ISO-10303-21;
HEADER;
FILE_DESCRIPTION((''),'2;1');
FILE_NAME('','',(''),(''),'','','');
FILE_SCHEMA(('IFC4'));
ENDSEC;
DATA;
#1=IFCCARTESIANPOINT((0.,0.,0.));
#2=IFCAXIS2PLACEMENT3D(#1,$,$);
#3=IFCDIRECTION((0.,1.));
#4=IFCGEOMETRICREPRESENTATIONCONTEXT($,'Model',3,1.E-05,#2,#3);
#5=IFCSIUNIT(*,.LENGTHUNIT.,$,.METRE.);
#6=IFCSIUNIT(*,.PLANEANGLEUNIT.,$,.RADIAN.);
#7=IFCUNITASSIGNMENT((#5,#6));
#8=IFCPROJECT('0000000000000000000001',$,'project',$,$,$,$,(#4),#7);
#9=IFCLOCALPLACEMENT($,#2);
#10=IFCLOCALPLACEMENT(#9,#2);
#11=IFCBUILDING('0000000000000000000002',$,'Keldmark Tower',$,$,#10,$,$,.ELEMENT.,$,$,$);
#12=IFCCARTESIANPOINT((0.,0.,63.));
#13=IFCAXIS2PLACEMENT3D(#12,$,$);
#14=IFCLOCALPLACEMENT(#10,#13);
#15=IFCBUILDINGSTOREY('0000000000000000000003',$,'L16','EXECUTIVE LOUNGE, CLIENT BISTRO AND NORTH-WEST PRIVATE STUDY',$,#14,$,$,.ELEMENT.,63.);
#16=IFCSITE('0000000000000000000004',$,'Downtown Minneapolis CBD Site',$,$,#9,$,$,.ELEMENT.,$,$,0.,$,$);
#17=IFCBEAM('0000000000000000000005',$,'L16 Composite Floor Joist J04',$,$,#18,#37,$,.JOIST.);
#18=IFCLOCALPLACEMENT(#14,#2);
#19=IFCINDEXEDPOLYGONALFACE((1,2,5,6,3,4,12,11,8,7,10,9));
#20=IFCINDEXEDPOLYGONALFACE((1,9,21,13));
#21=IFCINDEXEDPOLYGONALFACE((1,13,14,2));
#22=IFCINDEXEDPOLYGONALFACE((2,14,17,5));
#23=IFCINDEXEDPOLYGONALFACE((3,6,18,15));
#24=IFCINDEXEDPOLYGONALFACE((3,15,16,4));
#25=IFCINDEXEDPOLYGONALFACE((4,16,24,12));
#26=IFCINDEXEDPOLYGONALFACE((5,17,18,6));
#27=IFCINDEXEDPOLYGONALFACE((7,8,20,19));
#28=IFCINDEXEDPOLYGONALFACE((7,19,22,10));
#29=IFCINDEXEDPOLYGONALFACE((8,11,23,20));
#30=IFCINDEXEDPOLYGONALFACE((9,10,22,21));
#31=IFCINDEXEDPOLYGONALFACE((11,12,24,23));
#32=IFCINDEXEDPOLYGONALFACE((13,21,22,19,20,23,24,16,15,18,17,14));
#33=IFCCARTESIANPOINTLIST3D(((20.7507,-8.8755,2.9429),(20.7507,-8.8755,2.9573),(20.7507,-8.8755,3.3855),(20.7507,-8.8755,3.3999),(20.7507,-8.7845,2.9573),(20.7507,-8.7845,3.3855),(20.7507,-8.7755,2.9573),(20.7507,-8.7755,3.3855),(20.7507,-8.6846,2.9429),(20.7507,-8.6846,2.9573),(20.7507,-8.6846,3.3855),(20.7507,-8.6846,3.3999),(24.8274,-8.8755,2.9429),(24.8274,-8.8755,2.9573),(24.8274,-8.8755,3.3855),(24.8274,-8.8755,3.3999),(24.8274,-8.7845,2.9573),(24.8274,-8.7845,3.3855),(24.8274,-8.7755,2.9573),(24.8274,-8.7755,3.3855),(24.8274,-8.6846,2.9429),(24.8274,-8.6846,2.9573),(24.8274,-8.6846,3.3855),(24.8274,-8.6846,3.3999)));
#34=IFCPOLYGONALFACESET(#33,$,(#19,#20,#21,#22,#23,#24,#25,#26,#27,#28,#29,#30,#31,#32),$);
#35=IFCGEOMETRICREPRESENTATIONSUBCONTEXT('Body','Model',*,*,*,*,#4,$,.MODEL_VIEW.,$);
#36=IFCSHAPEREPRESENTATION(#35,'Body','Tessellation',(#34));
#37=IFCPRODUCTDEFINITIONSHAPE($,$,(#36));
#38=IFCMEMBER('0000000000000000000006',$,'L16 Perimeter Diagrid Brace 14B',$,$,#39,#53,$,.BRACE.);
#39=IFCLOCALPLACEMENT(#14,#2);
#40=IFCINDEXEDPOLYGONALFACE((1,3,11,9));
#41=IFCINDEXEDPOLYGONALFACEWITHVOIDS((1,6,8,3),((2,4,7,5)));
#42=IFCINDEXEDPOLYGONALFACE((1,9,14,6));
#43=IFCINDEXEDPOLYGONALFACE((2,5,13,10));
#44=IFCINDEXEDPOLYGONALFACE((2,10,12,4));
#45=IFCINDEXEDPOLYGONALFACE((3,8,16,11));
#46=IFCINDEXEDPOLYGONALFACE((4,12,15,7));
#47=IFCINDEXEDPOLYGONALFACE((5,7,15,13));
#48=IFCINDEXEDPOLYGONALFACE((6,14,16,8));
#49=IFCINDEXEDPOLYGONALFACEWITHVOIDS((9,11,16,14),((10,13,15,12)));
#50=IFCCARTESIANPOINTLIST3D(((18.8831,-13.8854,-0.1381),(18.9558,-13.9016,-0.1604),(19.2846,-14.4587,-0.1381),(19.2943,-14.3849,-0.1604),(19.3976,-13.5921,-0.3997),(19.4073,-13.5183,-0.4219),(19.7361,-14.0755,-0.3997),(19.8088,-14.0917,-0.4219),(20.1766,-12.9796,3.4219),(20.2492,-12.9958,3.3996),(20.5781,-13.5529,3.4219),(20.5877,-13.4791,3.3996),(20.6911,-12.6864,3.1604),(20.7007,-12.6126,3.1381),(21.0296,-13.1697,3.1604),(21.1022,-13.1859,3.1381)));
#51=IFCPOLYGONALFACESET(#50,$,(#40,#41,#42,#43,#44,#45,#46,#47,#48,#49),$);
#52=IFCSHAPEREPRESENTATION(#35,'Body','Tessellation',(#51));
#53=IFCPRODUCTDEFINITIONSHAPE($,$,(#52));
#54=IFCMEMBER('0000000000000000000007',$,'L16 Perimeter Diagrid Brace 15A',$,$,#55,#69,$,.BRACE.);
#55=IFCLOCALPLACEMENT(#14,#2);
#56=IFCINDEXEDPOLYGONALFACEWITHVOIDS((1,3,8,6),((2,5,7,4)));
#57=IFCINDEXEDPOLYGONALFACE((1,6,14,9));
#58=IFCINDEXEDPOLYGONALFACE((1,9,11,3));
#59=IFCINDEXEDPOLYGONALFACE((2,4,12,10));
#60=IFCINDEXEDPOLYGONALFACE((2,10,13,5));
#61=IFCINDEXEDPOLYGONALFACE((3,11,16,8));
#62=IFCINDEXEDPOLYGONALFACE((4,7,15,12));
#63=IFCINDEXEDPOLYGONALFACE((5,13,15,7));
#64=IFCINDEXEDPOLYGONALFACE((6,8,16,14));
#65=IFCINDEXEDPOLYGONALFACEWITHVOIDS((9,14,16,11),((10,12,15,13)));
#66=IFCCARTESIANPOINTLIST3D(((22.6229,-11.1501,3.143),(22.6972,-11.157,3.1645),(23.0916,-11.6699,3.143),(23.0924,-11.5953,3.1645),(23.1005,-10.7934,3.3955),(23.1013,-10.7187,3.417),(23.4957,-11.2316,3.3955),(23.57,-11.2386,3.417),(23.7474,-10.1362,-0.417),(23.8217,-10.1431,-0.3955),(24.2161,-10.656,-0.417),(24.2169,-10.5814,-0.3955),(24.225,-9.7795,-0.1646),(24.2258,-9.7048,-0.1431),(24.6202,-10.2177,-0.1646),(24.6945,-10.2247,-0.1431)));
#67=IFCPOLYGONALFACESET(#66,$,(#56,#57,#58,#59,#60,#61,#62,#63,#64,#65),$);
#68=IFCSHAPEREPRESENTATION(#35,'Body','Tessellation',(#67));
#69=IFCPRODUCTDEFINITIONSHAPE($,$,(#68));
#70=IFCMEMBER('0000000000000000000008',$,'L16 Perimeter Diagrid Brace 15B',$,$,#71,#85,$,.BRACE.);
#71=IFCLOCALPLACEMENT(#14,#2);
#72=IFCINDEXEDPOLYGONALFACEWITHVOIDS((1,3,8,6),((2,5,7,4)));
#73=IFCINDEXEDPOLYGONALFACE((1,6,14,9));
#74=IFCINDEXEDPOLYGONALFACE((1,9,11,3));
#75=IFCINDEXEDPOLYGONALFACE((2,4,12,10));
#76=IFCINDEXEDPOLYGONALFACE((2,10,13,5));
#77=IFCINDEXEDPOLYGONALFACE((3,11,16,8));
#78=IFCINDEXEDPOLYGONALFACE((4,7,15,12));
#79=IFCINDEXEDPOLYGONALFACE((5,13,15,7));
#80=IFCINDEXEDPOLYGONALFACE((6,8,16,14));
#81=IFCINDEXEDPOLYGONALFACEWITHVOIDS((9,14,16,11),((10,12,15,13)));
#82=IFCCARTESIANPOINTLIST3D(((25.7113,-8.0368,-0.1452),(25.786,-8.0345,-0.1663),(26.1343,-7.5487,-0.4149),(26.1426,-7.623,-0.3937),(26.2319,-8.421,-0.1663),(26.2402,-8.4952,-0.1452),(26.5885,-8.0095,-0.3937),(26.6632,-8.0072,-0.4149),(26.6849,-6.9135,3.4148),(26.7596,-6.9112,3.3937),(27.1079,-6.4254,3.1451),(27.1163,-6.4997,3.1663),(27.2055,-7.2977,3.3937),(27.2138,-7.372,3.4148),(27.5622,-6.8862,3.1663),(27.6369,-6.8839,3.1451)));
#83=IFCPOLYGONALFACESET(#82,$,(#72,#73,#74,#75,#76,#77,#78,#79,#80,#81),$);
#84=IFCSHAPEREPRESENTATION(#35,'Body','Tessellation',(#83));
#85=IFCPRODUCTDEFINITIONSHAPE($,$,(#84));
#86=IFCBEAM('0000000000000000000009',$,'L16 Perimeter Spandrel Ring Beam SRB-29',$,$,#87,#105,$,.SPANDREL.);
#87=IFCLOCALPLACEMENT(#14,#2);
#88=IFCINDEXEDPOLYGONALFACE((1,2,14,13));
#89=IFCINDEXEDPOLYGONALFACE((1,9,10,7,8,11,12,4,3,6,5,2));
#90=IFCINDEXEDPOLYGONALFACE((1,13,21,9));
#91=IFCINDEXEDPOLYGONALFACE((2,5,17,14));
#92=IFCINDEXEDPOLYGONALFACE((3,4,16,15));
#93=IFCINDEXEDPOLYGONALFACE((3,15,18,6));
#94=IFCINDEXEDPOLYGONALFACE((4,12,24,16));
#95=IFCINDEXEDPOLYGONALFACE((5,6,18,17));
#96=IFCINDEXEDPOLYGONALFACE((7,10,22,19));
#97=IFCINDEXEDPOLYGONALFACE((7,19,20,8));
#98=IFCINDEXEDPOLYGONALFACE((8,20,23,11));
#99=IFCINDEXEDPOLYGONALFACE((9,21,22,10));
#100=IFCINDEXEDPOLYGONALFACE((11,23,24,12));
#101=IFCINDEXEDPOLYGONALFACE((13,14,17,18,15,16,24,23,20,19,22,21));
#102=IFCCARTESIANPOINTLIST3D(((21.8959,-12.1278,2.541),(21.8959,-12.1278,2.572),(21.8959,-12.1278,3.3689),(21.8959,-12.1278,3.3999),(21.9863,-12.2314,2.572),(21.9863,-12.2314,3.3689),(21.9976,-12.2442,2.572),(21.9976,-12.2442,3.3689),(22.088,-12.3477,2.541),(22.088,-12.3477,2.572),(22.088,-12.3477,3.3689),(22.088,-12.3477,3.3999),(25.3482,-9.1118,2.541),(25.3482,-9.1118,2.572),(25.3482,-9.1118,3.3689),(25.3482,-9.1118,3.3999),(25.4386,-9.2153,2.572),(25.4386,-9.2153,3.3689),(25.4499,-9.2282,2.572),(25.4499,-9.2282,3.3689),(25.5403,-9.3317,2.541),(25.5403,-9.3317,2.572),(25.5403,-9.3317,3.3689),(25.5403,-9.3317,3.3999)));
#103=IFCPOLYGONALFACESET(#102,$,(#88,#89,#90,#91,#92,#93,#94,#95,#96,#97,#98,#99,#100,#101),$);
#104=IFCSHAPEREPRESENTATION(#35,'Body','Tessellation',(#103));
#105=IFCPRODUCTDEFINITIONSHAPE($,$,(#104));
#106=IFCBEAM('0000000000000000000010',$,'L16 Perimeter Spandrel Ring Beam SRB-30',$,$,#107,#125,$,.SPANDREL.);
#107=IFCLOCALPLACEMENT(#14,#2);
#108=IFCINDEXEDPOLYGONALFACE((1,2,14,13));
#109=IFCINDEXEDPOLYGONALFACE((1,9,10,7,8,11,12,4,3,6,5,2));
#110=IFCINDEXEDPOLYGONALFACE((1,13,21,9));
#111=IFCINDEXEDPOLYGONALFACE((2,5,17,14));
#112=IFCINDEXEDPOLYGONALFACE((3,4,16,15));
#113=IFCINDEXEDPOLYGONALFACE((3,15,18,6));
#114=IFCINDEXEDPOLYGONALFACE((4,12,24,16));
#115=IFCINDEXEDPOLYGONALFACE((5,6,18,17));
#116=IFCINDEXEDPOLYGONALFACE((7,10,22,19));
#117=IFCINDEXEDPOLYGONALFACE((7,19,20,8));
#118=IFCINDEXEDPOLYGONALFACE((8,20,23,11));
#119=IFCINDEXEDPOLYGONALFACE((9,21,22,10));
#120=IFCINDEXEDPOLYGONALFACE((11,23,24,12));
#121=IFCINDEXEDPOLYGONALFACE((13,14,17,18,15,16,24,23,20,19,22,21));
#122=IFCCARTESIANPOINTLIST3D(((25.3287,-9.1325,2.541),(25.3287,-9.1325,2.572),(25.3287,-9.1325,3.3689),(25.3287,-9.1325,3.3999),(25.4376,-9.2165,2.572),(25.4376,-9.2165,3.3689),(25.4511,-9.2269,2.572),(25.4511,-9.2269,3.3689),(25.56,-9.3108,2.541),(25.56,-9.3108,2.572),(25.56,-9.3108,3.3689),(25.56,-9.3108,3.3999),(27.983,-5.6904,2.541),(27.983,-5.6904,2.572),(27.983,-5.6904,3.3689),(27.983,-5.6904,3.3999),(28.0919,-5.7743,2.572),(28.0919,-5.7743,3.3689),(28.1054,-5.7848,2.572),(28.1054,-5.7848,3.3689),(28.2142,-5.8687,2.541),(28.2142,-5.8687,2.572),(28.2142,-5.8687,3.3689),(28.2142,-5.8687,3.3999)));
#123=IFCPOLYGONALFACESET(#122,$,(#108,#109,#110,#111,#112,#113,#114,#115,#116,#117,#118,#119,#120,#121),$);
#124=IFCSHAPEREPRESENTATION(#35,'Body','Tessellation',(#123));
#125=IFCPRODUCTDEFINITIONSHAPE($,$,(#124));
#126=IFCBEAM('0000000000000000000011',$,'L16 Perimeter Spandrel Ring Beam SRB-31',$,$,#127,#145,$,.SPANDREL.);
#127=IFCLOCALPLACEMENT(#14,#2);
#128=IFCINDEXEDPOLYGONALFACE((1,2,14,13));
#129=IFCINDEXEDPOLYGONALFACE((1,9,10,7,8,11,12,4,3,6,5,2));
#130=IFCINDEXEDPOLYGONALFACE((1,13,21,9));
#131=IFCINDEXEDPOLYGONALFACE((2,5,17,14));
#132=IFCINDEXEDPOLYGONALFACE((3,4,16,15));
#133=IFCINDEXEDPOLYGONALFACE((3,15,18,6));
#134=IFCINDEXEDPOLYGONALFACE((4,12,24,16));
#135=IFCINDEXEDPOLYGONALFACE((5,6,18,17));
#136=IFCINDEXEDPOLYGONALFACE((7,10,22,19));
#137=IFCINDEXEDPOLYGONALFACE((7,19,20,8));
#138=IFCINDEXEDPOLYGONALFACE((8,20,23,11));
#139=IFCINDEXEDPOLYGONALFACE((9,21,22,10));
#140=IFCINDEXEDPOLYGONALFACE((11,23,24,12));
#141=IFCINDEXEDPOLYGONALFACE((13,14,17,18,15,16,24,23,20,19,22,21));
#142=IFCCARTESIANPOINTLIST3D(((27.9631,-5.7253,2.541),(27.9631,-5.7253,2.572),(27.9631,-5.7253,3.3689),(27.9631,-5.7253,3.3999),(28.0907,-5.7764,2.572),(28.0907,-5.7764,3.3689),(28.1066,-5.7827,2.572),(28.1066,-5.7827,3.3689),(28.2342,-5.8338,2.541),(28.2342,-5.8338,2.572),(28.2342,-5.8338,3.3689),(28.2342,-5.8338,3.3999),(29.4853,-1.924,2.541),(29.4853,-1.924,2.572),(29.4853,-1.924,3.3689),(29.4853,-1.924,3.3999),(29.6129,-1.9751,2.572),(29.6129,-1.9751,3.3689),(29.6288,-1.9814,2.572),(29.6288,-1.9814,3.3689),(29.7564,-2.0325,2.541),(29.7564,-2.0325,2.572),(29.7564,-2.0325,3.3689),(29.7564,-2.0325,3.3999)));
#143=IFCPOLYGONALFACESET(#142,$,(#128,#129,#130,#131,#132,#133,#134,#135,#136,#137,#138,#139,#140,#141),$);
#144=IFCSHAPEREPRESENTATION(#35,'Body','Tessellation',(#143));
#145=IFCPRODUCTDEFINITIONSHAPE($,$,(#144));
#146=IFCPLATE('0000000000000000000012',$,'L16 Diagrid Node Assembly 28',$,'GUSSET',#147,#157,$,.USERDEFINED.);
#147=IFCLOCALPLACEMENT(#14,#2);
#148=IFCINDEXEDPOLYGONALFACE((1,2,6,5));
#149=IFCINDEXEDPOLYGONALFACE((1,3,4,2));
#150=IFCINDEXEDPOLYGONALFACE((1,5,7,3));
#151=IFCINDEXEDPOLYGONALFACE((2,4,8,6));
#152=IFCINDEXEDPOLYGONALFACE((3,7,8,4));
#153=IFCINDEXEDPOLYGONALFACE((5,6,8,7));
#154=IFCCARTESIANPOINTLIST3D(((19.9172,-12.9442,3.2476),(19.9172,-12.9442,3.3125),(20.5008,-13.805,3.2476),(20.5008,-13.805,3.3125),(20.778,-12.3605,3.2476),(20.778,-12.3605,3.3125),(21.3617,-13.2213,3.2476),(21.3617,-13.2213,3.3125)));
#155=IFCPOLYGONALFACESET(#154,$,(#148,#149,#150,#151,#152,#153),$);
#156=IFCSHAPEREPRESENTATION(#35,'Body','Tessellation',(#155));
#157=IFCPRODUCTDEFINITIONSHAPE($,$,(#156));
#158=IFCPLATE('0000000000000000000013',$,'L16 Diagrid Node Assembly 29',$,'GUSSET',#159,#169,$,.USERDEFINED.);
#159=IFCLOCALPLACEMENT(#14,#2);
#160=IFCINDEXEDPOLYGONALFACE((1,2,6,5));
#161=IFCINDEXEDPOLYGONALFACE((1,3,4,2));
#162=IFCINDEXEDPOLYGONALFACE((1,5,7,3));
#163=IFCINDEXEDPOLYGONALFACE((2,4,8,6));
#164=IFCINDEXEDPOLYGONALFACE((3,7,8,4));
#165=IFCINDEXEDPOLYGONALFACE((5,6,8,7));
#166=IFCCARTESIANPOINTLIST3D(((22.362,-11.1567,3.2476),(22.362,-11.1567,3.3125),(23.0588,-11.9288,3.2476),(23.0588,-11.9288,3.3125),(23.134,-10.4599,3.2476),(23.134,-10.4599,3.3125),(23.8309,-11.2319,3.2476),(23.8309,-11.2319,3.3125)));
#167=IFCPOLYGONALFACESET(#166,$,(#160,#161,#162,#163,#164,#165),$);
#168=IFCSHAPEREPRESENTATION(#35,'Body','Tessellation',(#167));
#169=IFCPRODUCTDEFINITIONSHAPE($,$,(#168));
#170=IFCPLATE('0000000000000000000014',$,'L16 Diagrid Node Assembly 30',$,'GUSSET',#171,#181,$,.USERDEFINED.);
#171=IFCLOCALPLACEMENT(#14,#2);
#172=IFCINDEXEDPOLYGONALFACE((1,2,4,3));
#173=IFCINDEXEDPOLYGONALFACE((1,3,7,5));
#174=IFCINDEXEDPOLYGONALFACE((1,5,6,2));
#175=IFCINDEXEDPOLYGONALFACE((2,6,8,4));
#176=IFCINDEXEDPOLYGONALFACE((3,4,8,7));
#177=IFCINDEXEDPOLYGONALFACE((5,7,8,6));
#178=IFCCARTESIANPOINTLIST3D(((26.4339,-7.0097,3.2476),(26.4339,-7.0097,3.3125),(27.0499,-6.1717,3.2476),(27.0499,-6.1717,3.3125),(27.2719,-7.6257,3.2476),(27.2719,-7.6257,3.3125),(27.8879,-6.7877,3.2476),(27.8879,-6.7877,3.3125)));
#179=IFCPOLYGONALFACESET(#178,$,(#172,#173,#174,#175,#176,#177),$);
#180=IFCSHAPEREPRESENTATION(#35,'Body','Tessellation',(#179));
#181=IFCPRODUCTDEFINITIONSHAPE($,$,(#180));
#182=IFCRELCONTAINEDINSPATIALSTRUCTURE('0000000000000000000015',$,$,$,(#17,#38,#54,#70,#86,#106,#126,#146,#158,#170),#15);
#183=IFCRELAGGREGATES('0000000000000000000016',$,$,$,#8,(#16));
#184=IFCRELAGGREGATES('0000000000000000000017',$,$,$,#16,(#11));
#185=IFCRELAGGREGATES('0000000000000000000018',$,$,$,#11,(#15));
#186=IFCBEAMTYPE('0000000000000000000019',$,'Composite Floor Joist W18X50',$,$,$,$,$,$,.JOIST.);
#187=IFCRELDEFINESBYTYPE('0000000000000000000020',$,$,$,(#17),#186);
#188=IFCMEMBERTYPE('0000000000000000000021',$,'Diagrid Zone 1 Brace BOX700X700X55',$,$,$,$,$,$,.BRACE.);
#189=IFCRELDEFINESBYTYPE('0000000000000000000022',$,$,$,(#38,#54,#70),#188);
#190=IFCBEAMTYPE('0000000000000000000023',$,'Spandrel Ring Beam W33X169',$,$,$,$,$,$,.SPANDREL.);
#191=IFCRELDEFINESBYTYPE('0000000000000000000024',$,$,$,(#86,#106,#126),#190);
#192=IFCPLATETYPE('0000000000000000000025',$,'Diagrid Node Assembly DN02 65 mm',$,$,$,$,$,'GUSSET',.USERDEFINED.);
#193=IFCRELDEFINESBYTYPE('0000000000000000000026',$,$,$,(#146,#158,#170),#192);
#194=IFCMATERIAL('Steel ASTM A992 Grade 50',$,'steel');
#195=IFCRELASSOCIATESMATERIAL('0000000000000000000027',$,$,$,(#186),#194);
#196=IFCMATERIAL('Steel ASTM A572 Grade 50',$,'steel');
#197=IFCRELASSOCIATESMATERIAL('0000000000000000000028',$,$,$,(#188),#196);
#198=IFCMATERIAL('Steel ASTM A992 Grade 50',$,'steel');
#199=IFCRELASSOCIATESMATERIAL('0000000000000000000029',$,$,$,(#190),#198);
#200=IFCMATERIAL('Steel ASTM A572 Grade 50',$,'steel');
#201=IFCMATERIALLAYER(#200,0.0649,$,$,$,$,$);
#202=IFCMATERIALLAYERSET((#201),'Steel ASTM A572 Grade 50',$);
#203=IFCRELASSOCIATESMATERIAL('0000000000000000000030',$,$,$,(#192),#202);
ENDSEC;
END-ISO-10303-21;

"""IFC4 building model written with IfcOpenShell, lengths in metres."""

from ifc_helpers import new_model, si_unit, direction, frame, origin, origin_2d, place, context, subcontext, project, spatial, rectangle, hollow_rectangle, i_section, extrude, material, layer, layer_set, material_profile, profile_set, type_object, element, save


model = new_model("IFC4")

# Units and contexts
model_context = context("Model", 3, precision=1e-05, world=origin(), true_north=direction((0.0, 1.0)))
body_context = subcontext(model_context, "Body", "Model", "MODEL_VIEW")
ifc_project = project(units=[si_unit("LENGTHUNIT", "METRE"), si_unit("PLANEANGLEUNIT", "RADIAN")], contexts=[model_context])

# Site, building, storey
site_placement = place(None, origin())
site = spatial("IfcSite", under=ifc_project, at=site_placement, Name="Downtown Minneapolis CBD Site", CompositionType="ELEMENT", RefElevation=0.0)
building_placement = place(site_placement, origin())
building = spatial("IfcBuilding", under=site, at=building_placement, Name="Keldmark Tower", CompositionType="ELEMENT")
storey_placement = place(building_placement, frame((0.0, 0.0, 63.0)))
storey = spatial("IfcBuildingStorey", under=building, at=storey_placement, Name="L16", Description="EXECUTIVE LOUNGE, CLIENT BISTRO AND NORTH-WEST PRIVATE STUDY", CompositionType="ELEMENT", Elevation=63.0)

# Beam
ifc_material_1 = material(Name="Steel ASTM A992 Grade 50", Category="steel")
ifc_material_profile_1 = material_profile(ifc_material_1, i_section(OverallWidth=0.1909, OverallDepth=0.457, WebThickness=0.009, FlangeThickness=0.0144, at=origin_2d()), Name="W18X50")
ifc_profile_set_1 = profile_set([ifc_material_profile_1], Name="Steel ASTM A992 Grade 50")
beam_type_1 = type_object("IfcBeamType", Name="Composite Floor Joist W18X50", PredefinedType="JOIST", material=ifc_profile_set_1)
beam_1_placement = place(storey_placement, frame((20.7507, -8.78, 3.1714), z_axis=(1.0, 0.0, 0.0), x_axis=(0.0, 1.0, 0.0)))
element("IfcBeam", 1, at=beam_1_placement, inside=storey, type_object=beam_type_1, Name="L16 Composite Floor Joist J04", PredefinedType="JOIST", context=body_context, shape_type="SweptSolid", body=[
    extrude(i_section(OverallWidth=0.1909, OverallDepth=0.457, WebThickness=0.009, FlangeThickness=0.0144, at=origin_2d()), origin(), (0.0, 0.0, 1.0), 4.0767),
])

# Members
ifc_material_2 = material(Name="Steel ASTM A572 Grade 50", Category="steel")
ifc_material_profile_2 = material_profile(ifc_material_2, hollow_rectangle(XDim=0.7, YDim=0.7, WallThickness=0.0549, at=origin_2d()), Name="BOX700X700X55")
ifc_profile_set_2 = profile_set([ifc_material_profile_2], Name="Steel ASTM A572 Grade 50")
member_type = type_object("IfcMemberType", Name="Diagrid Zone 1 Brace BOX700X700X55", PredefinedType="BRACE", material=ifc_profile_set_2)
member_1_placement = place(storey_placement, frame((19.3459, -13.9885, -0.28), z_axis=(0.332121, 0.232572, 0.914115), x_axis=(-0.573608, 0.81913, 0.0)))
element("IfcMember", 2, at=member_1_placement, inside=storey, type_object=member_type, Name="L16 Perimeter Diagrid Brace 14B", PredefinedType="BRACE", context=body_context, shape_type="SweptSolid", body=[
    extrude(hollow_rectangle(XDim=0.7, YDim=0.7, WallThickness=0.0549, at=origin_2d()), origin(), (0.0, 0.0, 1.0), 3.8945),
])
member_2_placement = place(storey_placement, frame((24.2209, -10.1804, -0.28), z_axis=(-0.290672, -0.262084, 0.920229), x_axis=(0.669641, -0.742685, 0.0)))
element("IfcMember", 3, at=member_2_placement, inside=storey, type_object=member_type, Name="L16 Perimeter Diagrid Brace 15A", PredefinedType="BRACE", context=body_context, shape_type="SweptSolid", body=[
    extrude(hollow_rectangle(XDim=0.7, YDim=0.7, WallThickness=0.0549, at=origin_2d()), origin(), (0.0, 0.0, 1.0), 3.8687),
])
member_3_placement = place(storey_placement, frame((26.1873, -8.022, -0.28), z_axis=(0.252371, 0.291163, 0.922786), x_axis=(-0.755651, 0.654974, 0.0)))
element("IfcMember", 4, at=member_3_placement, inside=storey, type_object=member_type, Name="L16 Perimeter Diagrid Brace 15B", PredefinedType="BRACE", context=body_context, shape_type="SweptSolid", body=[
    extrude(hollow_rectangle(XDim=0.7, YDim=0.7, WallThickness=0.0549, at=origin_2d()), origin(), (0.0, 0.0, 1.0), 3.8579),
])

# Beams
ifc_material_3 = material(Name="Steel ASTM A992 Grade 50", Category="steel")
ifc_material_profile_3 = material_profile(ifc_material_3, i_section(OverallWidth=0.292, OverallDepth=0.8589, WebThickness=0.0171, FlangeThickness=0.031, at=origin_2d()), Name="W33X169")
ifc_profile_set_3 = profile_set([ifc_material_profile_3], Name="Steel ASTM A992 Grade 50")
beam_type_2 = type_object("IfcBeamType", Name="Spandrel Ring Beam W33X169", PredefinedType="SPANDREL", material=ifc_profile_set_3)
beam_2_placement = place(storey_placement, frame((21.9919, -12.2378, 2.9705), z_axis=(0.753088, 0.65792, 0.0), x_axis=(-0.65792, 0.753088, 0.0)))
element("IfcBeam", 5, at=beam_2_placement, inside=storey, type_object=beam_type_2, Name="L16 Perimeter Spandrel Ring Beam SRB-29", PredefinedType="SPANDREL", context=body_context, shape_type="SweptSolid", body=[
    extrude(i_section(OverallWidth=0.292, OverallDepth=0.8589, WebThickness=0.0171, FlangeThickness=0.031, at=origin_2d()), origin(), (0.0, 0.0, 1.0), 4.5842),
])
beam_3_placement = place(storey_placement, frame((25.4443, -9.2217, 2.9705), z_axis=(0.61065, 0.791901, 0.0), x_axis=(-0.791901, 0.61065, 0.0)))
element("IfcBeam", 6, at=beam_3_placement, inside=storey, type_object=beam_type_2, Name="L16 Perimeter Spandrel Ring Beam SRB-30", PredefinedType="SPANDREL", context=body_context, shape_type="SweptSolid", body=[
    extrude(i_section(OverallWidth=0.292, OverallDepth=0.8589, WebThickness=0.0171, FlangeThickness=0.031, at=origin_2d()), origin(), (0.0, 0.0, 1.0), 4.3467),
])
beam_4_placement = place(storey_placement, frame((28.0986, -5.7795, 2.9705), z_axis=(0.37175, 0.928333, 0.0), x_axis=(-0.928333, 0.37175, 0.0)))
element("IfcBeam", 7, at=beam_4_placement, inside=storey, type_object=beam_type_2, Name="L16 Perimeter Spandrel Ring Beam SRB-31", PredefinedType="SPANDREL", context=body_context, shape_type="SweptSolid", body=[
    extrude(i_section(OverallWidth=0.292, OverallDepth=0.8589, WebThickness=0.0171, FlangeThickness=0.031, at=origin_2d()), origin(), (0.0, 0.0, 1.0), 4.0947),
])

# Plates
ifc_material_4 = material(Name="Steel ASTM A572 Grade 50", Category="steel")
ifc_layer_1 = layer(ifc_material_4, 0.0649)
ifc_layer_set_1 = layer_set([ifc_layer_1], Name="Steel ASTM A572 Grade 50")
plate_type = type_object("IfcPlateType", Name="Diagrid Node Assembly DN02 65 mm", ElementType="GUSSET", PredefinedType="USERDEFINED", material=ifc_layer_set_1)
for number, where, z_axis, x_axis, name in (
    (8, (20.6394, -13.0828, 3.2476), (0.0, 0.0, 1.0), (0.827669, 0.561217, 0.0), "L16 Diagrid Node Assembly 28"),
    (9, (23.0964, -11.1943, 3.2476), (0.0, 0.0, 1.0), (0.742327, 0.670038, 0.0), "L16 Diagrid Node Assembly 29"),
    (10, (27.1609, -6.8987, 3.2476), (0.0, 0.0, 1.0), (0.592294, 0.805722, 0.0), "L16 Diagrid Node Assembly 30"),
):
    element("IfcPlate", number, at=place(storey_placement, frame(where, z_axis=z_axis, x_axis=x_axis)), inside=storey, type_object=plate_type, Name=name, ObjectType="GUSSET", PredefinedType="USERDEFINED", context=body_context, shape_type="SweptSolid", body=[
        extrude(rectangle(XDim=1.04, YDim=1.04, at=origin_2d()), origin(), (0.0, 0.0, 1.0), 0.0649),
    ])

save(model, "model.ifc")
